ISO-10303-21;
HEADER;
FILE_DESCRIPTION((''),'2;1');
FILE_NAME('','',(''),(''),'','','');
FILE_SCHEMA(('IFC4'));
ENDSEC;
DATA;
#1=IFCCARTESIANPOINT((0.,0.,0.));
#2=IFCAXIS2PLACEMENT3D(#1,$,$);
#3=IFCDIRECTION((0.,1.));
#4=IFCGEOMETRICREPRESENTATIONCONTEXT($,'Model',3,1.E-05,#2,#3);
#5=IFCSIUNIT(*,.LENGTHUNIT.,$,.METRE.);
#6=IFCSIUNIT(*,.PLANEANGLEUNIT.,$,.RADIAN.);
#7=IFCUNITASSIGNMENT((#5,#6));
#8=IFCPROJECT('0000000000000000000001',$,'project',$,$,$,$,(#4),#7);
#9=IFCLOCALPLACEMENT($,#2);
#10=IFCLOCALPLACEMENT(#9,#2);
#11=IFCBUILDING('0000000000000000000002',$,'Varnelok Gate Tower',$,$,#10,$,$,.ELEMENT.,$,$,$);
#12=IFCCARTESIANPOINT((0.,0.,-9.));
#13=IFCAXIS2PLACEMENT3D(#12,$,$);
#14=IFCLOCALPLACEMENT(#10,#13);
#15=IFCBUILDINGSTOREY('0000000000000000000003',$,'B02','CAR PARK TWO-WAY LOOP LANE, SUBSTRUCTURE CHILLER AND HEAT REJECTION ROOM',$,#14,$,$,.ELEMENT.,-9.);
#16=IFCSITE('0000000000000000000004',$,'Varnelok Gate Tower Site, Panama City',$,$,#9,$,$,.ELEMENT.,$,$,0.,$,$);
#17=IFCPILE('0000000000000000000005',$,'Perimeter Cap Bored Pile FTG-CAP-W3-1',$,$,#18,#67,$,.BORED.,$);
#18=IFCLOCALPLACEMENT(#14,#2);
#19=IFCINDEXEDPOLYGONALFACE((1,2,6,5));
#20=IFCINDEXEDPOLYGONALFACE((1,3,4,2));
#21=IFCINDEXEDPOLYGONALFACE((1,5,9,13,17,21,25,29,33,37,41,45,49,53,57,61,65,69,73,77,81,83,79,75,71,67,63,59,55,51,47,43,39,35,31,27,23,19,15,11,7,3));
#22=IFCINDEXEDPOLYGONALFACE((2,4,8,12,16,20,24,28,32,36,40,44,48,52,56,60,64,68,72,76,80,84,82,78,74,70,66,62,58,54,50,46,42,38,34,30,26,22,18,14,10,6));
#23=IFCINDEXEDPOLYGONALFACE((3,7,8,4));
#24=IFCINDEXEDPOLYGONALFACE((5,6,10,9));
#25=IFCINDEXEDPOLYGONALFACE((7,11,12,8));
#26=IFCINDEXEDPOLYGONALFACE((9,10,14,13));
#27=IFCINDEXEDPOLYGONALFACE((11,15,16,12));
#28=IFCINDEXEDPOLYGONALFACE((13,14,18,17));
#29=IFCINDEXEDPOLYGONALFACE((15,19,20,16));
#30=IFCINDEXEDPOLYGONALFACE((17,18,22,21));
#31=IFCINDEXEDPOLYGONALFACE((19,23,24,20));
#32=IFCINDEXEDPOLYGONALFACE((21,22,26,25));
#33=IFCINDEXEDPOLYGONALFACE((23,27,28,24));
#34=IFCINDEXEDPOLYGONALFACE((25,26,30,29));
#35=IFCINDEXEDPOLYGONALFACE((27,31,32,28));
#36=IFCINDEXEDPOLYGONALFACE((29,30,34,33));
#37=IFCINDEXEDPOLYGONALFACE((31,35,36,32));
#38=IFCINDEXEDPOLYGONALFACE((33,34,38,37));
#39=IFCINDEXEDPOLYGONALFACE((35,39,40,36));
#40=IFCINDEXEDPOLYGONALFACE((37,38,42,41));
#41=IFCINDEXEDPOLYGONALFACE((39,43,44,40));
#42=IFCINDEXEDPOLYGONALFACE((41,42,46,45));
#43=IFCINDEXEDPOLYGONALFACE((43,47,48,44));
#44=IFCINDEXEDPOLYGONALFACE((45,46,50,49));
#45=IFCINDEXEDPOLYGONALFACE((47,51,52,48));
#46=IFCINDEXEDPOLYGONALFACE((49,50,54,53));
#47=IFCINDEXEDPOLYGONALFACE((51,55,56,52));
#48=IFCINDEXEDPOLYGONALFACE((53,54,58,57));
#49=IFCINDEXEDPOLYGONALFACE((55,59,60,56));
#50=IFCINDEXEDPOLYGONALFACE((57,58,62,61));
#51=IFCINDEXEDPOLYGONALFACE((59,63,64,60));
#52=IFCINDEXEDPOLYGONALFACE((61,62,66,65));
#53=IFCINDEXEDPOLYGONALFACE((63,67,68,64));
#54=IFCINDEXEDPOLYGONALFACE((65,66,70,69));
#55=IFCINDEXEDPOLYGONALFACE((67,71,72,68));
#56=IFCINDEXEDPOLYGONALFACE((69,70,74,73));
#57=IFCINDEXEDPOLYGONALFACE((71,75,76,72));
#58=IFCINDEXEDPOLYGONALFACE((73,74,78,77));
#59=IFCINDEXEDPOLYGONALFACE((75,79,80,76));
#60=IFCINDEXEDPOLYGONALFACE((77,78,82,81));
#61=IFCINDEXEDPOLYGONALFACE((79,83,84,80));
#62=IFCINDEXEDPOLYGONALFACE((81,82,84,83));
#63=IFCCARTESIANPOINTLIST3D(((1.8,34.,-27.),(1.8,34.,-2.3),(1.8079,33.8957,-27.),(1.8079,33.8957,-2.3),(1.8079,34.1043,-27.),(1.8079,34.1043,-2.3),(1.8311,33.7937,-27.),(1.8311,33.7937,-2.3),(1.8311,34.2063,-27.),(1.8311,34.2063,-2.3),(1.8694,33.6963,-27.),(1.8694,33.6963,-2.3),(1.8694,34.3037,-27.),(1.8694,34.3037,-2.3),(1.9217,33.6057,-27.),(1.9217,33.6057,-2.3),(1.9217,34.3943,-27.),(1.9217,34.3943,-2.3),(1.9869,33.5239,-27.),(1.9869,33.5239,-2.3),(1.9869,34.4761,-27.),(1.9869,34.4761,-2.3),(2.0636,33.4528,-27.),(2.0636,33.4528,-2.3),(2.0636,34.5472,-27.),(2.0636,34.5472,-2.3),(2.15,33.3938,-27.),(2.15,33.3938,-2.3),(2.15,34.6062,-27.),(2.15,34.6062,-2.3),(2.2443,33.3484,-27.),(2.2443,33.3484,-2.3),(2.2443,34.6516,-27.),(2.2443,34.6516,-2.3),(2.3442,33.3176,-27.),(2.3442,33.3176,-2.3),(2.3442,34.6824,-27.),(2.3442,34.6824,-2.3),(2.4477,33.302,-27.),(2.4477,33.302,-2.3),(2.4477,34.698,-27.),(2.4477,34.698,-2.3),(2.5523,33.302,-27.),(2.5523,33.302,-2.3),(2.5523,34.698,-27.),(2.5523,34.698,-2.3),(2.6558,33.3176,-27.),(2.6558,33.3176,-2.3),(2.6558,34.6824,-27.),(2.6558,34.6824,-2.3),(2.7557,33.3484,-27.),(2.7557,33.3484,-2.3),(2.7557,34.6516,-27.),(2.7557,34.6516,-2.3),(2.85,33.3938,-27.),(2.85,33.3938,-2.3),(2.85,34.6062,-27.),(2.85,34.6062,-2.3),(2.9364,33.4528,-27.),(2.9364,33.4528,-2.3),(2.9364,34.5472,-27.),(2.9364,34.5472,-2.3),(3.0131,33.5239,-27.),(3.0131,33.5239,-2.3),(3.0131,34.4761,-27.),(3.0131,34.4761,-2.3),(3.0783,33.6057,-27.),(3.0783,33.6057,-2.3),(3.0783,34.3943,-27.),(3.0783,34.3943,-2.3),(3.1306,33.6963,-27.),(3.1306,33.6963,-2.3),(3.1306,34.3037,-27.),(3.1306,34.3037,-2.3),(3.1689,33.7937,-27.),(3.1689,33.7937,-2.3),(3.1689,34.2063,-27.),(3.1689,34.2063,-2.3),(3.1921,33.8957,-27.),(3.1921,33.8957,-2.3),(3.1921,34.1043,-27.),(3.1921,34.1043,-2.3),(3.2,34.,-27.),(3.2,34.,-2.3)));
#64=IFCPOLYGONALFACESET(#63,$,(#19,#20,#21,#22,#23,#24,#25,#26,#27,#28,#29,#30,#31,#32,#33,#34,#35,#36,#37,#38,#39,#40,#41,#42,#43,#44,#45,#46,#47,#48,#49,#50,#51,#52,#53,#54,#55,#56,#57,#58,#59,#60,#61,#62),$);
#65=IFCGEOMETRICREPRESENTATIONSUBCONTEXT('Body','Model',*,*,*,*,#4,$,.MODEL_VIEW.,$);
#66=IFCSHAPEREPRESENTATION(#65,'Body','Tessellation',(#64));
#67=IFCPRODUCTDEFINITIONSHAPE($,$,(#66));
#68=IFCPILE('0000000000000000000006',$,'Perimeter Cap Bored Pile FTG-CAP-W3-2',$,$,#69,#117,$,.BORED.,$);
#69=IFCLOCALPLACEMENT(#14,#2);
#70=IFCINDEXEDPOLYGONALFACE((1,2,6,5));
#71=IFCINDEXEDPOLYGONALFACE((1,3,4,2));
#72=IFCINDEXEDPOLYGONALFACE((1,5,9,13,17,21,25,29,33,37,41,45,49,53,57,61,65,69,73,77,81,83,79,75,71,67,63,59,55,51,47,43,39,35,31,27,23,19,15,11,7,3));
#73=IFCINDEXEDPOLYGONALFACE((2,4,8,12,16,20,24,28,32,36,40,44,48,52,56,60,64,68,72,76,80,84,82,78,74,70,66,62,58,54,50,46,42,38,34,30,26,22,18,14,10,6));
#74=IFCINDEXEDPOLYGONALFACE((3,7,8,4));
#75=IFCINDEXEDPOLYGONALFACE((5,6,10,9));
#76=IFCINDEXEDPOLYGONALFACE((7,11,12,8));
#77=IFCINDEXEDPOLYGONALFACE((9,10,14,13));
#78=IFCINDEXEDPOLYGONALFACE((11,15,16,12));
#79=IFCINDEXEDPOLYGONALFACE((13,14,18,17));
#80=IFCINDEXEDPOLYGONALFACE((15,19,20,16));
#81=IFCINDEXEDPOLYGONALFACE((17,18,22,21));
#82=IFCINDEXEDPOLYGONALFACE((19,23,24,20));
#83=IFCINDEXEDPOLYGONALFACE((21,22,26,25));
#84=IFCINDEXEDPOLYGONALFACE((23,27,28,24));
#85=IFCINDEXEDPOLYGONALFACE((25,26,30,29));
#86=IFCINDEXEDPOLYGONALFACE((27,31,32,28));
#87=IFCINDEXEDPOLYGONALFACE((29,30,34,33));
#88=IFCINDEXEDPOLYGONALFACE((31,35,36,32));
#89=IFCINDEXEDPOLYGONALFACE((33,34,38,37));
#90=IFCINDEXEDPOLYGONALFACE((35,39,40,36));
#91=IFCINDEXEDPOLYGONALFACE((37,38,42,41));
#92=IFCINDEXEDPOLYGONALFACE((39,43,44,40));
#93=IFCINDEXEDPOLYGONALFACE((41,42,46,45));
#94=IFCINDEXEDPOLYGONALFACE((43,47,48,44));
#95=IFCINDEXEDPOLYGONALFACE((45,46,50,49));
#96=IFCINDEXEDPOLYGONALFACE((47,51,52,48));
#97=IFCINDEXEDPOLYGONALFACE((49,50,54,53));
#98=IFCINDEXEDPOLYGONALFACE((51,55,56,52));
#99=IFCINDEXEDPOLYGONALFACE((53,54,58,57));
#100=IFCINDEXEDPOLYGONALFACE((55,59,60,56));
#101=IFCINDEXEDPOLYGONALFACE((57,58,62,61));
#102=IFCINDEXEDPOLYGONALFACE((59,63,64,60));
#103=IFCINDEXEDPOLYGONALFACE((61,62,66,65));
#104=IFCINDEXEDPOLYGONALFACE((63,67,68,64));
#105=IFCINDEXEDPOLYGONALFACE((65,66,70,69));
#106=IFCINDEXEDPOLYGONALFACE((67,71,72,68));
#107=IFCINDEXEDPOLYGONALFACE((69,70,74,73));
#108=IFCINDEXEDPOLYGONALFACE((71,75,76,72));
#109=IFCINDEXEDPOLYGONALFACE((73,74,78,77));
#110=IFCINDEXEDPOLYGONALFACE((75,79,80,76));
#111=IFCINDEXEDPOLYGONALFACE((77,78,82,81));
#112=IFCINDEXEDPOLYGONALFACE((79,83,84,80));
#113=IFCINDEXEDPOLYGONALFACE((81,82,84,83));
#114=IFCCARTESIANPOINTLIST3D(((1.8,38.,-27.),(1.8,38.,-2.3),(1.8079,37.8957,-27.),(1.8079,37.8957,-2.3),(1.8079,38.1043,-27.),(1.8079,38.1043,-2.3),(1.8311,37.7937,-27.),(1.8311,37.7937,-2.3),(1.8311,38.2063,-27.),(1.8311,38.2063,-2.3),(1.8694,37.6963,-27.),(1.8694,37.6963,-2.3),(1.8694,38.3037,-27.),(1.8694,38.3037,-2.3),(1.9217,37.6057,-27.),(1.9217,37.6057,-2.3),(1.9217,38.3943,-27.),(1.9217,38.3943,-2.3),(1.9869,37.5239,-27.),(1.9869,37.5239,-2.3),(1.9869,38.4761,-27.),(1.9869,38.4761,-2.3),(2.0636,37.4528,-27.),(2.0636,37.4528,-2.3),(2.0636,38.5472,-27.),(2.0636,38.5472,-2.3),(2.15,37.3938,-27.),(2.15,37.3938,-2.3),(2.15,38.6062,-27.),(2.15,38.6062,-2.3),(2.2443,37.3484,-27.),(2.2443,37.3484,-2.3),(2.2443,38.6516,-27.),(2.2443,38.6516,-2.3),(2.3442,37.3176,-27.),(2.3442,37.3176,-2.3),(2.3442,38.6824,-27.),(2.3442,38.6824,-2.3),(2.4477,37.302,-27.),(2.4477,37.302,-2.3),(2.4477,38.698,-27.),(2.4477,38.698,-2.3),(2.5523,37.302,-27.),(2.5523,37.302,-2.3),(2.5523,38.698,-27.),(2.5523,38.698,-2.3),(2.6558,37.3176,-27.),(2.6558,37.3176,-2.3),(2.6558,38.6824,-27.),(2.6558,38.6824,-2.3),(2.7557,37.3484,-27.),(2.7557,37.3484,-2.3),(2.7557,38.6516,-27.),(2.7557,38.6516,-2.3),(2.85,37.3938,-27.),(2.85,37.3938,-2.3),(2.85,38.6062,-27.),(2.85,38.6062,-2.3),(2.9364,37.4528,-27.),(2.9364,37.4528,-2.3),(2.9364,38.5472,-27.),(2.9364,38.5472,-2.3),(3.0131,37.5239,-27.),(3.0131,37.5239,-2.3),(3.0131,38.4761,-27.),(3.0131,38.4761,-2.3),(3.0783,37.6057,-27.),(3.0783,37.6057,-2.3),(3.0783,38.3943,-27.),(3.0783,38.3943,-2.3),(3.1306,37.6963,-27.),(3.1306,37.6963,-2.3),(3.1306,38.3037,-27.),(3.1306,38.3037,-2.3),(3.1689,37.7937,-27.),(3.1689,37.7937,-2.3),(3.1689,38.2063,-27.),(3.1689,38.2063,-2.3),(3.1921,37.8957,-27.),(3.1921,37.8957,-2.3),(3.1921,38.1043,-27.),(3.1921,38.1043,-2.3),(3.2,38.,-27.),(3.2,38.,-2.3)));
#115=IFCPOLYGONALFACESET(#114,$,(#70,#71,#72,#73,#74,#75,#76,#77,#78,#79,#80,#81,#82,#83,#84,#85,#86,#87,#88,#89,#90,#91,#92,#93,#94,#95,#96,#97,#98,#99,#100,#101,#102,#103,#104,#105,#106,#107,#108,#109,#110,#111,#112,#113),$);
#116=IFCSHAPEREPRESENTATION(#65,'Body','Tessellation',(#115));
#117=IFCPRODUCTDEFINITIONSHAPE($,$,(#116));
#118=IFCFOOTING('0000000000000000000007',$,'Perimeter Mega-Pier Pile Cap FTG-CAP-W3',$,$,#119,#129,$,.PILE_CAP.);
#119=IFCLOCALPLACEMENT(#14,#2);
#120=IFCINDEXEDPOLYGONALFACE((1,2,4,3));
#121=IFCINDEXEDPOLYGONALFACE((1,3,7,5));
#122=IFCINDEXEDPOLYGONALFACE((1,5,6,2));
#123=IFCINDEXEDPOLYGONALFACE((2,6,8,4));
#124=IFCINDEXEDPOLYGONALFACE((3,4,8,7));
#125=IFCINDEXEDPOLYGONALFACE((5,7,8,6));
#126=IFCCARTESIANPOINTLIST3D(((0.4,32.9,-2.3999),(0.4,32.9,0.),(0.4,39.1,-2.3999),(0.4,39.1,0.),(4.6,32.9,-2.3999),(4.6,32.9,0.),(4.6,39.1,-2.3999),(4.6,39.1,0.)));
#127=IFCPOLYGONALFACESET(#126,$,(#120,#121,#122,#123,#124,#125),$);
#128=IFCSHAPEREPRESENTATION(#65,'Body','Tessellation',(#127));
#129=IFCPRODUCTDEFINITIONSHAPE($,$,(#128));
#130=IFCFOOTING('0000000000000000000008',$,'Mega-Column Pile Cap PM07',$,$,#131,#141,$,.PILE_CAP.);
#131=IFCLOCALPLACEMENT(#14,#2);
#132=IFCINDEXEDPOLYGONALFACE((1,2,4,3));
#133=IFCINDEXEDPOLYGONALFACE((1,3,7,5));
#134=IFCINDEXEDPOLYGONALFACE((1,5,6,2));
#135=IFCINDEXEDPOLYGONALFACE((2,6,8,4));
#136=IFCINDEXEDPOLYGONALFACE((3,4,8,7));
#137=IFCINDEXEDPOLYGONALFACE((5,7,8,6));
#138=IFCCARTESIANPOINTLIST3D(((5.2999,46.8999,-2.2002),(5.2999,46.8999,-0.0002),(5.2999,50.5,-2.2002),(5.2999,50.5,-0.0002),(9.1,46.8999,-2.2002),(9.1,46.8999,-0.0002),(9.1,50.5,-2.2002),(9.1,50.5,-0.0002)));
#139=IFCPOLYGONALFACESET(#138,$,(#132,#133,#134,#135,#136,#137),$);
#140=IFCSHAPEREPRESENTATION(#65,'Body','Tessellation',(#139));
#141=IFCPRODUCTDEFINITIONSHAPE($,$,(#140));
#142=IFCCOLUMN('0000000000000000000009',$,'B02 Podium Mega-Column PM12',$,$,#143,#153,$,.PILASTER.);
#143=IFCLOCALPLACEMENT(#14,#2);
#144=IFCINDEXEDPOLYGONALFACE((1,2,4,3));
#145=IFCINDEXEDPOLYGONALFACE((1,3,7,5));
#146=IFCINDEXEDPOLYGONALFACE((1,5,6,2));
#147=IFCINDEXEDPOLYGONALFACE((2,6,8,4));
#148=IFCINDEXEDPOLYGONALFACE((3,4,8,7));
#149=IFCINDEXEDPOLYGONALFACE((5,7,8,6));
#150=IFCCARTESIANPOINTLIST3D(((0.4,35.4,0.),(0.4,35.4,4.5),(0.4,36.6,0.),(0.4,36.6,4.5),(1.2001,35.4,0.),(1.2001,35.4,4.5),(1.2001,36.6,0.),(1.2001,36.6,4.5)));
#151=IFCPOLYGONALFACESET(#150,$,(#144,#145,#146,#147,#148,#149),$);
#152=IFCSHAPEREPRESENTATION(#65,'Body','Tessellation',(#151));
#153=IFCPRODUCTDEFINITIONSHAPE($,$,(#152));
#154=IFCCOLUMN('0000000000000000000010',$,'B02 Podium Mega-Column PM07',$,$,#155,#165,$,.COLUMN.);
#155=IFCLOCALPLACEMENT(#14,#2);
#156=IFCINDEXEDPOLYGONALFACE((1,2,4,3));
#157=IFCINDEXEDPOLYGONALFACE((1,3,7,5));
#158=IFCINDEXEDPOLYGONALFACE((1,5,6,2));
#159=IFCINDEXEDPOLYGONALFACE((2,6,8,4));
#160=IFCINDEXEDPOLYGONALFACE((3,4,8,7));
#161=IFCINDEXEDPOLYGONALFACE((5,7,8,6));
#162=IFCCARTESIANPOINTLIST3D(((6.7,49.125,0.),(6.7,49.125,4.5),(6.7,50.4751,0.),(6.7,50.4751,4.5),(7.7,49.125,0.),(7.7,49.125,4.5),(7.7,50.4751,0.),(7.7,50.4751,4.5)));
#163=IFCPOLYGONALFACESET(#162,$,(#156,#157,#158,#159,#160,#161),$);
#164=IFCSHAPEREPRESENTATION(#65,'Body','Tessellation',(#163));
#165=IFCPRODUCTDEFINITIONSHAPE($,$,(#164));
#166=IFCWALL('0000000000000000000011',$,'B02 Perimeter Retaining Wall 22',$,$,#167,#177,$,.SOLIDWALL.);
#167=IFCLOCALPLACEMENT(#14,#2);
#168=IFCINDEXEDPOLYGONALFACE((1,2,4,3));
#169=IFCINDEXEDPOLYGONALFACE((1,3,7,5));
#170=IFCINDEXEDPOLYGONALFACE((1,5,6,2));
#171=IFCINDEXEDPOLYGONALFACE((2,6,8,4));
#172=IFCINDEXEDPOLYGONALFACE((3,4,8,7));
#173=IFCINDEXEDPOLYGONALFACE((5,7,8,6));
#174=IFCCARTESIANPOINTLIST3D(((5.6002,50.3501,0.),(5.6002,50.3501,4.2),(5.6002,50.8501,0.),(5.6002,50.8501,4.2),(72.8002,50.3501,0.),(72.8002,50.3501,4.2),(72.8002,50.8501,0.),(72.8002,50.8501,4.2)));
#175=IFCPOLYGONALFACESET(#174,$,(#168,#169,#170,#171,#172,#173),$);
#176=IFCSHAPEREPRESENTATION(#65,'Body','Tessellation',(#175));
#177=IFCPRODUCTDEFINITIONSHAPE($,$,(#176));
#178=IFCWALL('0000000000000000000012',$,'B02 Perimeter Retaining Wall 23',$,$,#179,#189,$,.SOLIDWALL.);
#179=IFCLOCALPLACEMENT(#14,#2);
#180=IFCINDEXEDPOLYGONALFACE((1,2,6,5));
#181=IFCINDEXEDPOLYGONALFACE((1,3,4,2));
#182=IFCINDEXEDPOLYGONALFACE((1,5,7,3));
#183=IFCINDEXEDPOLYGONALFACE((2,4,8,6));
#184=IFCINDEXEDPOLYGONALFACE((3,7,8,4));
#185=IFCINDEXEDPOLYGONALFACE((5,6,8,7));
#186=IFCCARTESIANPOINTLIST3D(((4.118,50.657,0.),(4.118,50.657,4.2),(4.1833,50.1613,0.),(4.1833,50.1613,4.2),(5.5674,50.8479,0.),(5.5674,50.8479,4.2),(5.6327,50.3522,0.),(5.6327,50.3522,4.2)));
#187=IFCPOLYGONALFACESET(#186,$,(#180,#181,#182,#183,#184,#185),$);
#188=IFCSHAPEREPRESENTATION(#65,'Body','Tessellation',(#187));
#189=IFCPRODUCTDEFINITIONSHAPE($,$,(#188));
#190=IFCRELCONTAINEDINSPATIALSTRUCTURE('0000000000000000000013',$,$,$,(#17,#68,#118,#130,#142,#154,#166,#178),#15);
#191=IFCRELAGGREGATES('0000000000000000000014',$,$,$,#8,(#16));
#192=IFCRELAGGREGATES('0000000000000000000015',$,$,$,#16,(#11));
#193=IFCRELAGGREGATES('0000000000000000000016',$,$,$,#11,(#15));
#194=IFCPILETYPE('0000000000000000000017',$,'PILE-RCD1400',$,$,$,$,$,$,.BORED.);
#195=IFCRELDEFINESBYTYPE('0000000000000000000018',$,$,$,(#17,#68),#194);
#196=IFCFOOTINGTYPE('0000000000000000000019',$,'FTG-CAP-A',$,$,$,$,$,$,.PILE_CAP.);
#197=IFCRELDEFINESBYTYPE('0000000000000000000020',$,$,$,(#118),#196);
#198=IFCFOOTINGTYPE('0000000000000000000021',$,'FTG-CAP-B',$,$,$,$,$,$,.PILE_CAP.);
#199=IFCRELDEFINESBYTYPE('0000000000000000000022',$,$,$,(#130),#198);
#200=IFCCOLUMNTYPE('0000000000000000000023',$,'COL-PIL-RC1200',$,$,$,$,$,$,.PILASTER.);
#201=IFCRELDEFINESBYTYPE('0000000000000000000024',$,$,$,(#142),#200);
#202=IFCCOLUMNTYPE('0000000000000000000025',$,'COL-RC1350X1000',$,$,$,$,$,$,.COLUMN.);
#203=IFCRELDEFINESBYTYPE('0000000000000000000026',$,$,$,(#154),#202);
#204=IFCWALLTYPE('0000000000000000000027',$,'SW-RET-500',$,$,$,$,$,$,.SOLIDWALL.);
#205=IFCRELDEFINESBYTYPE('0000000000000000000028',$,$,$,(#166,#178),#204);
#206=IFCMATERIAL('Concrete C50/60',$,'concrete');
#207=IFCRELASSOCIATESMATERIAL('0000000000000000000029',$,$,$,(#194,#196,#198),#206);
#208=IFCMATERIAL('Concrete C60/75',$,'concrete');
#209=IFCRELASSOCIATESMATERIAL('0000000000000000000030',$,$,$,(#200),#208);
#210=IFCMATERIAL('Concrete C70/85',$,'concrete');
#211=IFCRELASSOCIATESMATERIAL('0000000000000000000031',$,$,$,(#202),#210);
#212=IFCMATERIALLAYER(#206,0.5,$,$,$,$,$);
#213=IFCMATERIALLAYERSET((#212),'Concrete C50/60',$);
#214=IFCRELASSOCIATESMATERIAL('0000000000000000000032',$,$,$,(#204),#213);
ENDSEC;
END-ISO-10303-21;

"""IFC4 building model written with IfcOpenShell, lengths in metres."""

from ifc_helpers import new_model, si_unit, direction, frame, frame_2d, origin, origin_2d, place, context, subcontext, project, spatial, rectangle, circle, extrude, source, transform, mapped, material, layer, layer_set, material_profile, profile_set, type_object, element, save


model = new_model("IFC4")

# Units and contexts
model_context = context("Model", 3, precision=1e-05, world=origin(), true_north=direction((0.0, 1.0)))
body_context = subcontext(model_context, "Body", "Model", "MODEL_VIEW")
ifc_project = project(units=[si_unit("LENGTHUNIT", "METRE"), si_unit("PLANEANGLEUNIT", "RADIAN")], contexts=[model_context])

# Site, building, storey
site_placement = place(None, origin())
site = spatial("IfcSite", under=ifc_project, at=site_placement, Name="Varnelok Gate Tower Site, Panama City", CompositionType="ELEMENT", RefElevation=0.0)
building_placement = place(site_placement, origin())
building = spatial("IfcBuilding", under=site, at=building_placement, Name="Varnelok Gate Tower", CompositionType="ELEMENT")
storey_placement = place(building_placement, frame((0.0, 0.0, -9.0)))
storey = spatial("IfcBuildingStorey", under=building, at=storey_placement, Name="B02", Description="CAR PARK TWO-WAY LOOP LANE, SUBSTRUCTURE CHILLER AND HEAT REJECTION ROOM", CompositionType="ELEMENT", Elevation=-9.0)

# Shared definitions
ifc_material_1 = material(Name="Concrete C50/60", Category="concrete")

# Piles
ifc_material_profile_1 = material_profile(ifc_material_1, circle(Radius=0.7, at=origin_2d()), Name="RCD1400")
ifc_profile_set_1 = profile_set([ifc_material_profile_1], Name="Concrete C50/60")
pile_type = type_object("IfcPileType", Name="PILE-RCD1400", PredefinedType="BORED", material=ifc_profile_set_1)
for number, where, z_axis, x_axis, name in (
    (1, (2.5, 34.0, -2.3), (0.0, 0.0, -1.0), (1.0, 0.0, 0.0), "Perimeter Cap Bored Pile FTG-CAP-W3-1"),
    (2, (2.5, 38.0, -2.3), (0.0, 0.0, -1.0), (1.0, 0.0, 0.0), "Perimeter Cap Bored Pile FTG-CAP-W3-2"),
):
    element("IfcPile", number, at=place(storey_placement, frame(where, z_axis=z_axis, x_axis=x_axis)), inside=storey, type_object=pile_type, Name=name, PredefinedType="BORED", context=body_context, shape_type="SweptSolid", body=[
        extrude(circle(Radius=0.7, at=origin_2d()), origin(), (0.0, 0.0, 1.0), 24.7),
    ])

# Footings
footing_type_1 = type_object("IfcFootingType", Name="FTG-CAP-A", PredefinedType="PILE_CAP", material=ifc_material_1)
shared_shape_1 = source(origin(), body_context, "Body", "SweptSolid", [
    extrude(rectangle(XDim=4.2, YDim=6.2, at=origin_2d()), origin(), (0.0, 0.0, 1.0), 2.3999),
])
footing_1_placement = place(storey_placement, frame((2.5, 36.0, -2.3999), z_axis=(0.0, 0.0, 1.0), x_axis=(1.0, 0.0, 0.0)))
element("IfcFooting", 3, at=footing_1_placement, inside=storey, type_object=footing_type_1, Name="Perimeter Mega-Pier Pile Cap FTG-CAP-W3", PredefinedType="PILE_CAP", context=body_context, shape_type="MappedRepresentation", body=[
    mapped(shared_shape_1, transform((0.0, 0.0, 0.0), scale=1.0)),
])
footing_type_2 = type_object("IfcFootingType", Name="FTG-CAP-B", PredefinedType="PILE_CAP", material=ifc_material_1)
shared_shape_2 = source(origin(), body_context, "Body", "SweptSolid", [
    extrude(rectangle(XDim=3.8, YDim=3.6001, at=origin_2d()), origin(), (0.0, 0.0, 1.0), 2.2),
])
footing_2_placement = place(storey_placement, frame((7.2, 48.7, -2.2002), z_axis=(0.0, 0.0, 1.0), x_axis=(1.0, 0.0, 0.0)))
element("IfcFooting", 4, at=footing_2_placement, inside=storey, type_object=footing_type_2, Name="Mega-Column Pile Cap PM07", PredefinedType="PILE_CAP", context=body_context, shape_type="MappedRepresentation", body=[
    mapped(shared_shape_2, transform((0.0, 0.0, 0.0), scale=1.0)),
])

# Columns
ifc_material_2 = material(Name="Concrete C60/75", Category="concrete")
ifc_material_profile_2 = material_profile(ifc_material_2, rectangle(XDim=0.8, YDim=1.2, at=origin_2d()), Name="RC1200X800")
ifc_profile_set_2 = profile_set([ifc_material_profile_2], Name="Concrete C60/75")
column_type_1 = type_object("IfcColumnType", Name="COL-PIL-RC1200", PredefinedType="PILASTER", material=ifc_profile_set_2)
column_1_placement = place(storey_placement, frame((0.8, 36.0, 0.0), z_axis=(0.0, 0.0, 1.0), x_axis=(1.0, 0.0, 0.0)))
element("IfcColumn", 5, at=column_1_placement, inside=storey, type_object=column_type_1, Name="B02 Podium Mega-Column PM12", PredefinedType="PILASTER", context=body_context, shape_type="SweptSolid", body=[
    extrude(rectangle(XDim=0.8, YDim=1.2, at=origin_2d()), origin(), (0.0, 0.0, 1.0), 4.5),
])
ifc_material_3 = material(Name="Concrete C70/85", Category="concrete")
ifc_material_profile_3 = material_profile(ifc_material_3, rectangle(XDim=1.0, YDim=1.3501, at=origin_2d()), Name="RC1350X1000")
ifc_profile_set_3 = profile_set([ifc_material_profile_3], Name="Concrete C70/85")
column_type_2 = type_object("IfcColumnType", Name="COL-RC1350X1000", PredefinedType="COLUMN", material=ifc_profile_set_3)
column_2_placement = place(storey_placement, frame((7.2, 49.8, 0.0), z_axis=(0.0, 0.0, 1.0), x_axis=(1.0, 0.0, 0.0)))
element("IfcColumn", 6, at=column_2_placement, inside=storey, type_object=column_type_2, Name="B02 Podium Mega-Column PM07", PredefinedType="COLUMN", context=body_context, shape_type="SweptSolid", body=[
    extrude(rectangle(XDim=1.0, YDim=1.3501, at=origin_2d()), origin(), (0.0, 0.0, 1.0), 4.5),
])

# Walls
ifc_layer_1 = layer(ifc_material_1, 0.5)
ifc_layer_set_1 = layer_set([ifc_layer_1], Name="Concrete C50/60")
wall_type_1 = type_object("IfcWallType", Name="SW-RET-500", PredefinedType="SOLIDWALL", material=ifc_layer_set_1)
wall_1_placement = place(storey_placement, frame((5.6001, 50.6001, 0.0), z_axis=(0.0, 0.0, 1.0), x_axis=(1.0, 0.0, 0.0)))
element("IfcWall", 7, at=wall_1_placement, inside=storey, type_object=wall_type_1, Name="B02 Perimeter Retaining Wall 22", PredefinedType="SOLIDWALL", context=body_context, shape_type="SweptSolid", body=[
    extrude(rectangle(XDim=67.2, YDim=0.5, at=frame_2d((33.6001, 0.0))), origin(), (0.0, 0.0, 1.0), 4.2),
])
for number, where, z_axis, x_axis, name in (
    (8, (4.1506, 50.4092, 0.0), (0.0, 0.0, 1.0), (0.991437, 0.130588, 0.0), "B02 Perimeter Retaining Wall 23"),
):
    element("IfcWall", number, at=place(storey_placement, frame(where, z_axis=z_axis, x_axis=x_axis)), inside=storey, type_object=wall_type_1, Name=name, PredefinedType="SOLIDWALL", context=body_context, shape_type="SweptSolid", body=[
        extrude(rectangle(XDim=1.4619, YDim=0.5, at=frame_2d((0.731, 0.0))), origin(), (0.0, 0.0, 1.0), 4.2),
    ])

save(model, "model.ifc")
